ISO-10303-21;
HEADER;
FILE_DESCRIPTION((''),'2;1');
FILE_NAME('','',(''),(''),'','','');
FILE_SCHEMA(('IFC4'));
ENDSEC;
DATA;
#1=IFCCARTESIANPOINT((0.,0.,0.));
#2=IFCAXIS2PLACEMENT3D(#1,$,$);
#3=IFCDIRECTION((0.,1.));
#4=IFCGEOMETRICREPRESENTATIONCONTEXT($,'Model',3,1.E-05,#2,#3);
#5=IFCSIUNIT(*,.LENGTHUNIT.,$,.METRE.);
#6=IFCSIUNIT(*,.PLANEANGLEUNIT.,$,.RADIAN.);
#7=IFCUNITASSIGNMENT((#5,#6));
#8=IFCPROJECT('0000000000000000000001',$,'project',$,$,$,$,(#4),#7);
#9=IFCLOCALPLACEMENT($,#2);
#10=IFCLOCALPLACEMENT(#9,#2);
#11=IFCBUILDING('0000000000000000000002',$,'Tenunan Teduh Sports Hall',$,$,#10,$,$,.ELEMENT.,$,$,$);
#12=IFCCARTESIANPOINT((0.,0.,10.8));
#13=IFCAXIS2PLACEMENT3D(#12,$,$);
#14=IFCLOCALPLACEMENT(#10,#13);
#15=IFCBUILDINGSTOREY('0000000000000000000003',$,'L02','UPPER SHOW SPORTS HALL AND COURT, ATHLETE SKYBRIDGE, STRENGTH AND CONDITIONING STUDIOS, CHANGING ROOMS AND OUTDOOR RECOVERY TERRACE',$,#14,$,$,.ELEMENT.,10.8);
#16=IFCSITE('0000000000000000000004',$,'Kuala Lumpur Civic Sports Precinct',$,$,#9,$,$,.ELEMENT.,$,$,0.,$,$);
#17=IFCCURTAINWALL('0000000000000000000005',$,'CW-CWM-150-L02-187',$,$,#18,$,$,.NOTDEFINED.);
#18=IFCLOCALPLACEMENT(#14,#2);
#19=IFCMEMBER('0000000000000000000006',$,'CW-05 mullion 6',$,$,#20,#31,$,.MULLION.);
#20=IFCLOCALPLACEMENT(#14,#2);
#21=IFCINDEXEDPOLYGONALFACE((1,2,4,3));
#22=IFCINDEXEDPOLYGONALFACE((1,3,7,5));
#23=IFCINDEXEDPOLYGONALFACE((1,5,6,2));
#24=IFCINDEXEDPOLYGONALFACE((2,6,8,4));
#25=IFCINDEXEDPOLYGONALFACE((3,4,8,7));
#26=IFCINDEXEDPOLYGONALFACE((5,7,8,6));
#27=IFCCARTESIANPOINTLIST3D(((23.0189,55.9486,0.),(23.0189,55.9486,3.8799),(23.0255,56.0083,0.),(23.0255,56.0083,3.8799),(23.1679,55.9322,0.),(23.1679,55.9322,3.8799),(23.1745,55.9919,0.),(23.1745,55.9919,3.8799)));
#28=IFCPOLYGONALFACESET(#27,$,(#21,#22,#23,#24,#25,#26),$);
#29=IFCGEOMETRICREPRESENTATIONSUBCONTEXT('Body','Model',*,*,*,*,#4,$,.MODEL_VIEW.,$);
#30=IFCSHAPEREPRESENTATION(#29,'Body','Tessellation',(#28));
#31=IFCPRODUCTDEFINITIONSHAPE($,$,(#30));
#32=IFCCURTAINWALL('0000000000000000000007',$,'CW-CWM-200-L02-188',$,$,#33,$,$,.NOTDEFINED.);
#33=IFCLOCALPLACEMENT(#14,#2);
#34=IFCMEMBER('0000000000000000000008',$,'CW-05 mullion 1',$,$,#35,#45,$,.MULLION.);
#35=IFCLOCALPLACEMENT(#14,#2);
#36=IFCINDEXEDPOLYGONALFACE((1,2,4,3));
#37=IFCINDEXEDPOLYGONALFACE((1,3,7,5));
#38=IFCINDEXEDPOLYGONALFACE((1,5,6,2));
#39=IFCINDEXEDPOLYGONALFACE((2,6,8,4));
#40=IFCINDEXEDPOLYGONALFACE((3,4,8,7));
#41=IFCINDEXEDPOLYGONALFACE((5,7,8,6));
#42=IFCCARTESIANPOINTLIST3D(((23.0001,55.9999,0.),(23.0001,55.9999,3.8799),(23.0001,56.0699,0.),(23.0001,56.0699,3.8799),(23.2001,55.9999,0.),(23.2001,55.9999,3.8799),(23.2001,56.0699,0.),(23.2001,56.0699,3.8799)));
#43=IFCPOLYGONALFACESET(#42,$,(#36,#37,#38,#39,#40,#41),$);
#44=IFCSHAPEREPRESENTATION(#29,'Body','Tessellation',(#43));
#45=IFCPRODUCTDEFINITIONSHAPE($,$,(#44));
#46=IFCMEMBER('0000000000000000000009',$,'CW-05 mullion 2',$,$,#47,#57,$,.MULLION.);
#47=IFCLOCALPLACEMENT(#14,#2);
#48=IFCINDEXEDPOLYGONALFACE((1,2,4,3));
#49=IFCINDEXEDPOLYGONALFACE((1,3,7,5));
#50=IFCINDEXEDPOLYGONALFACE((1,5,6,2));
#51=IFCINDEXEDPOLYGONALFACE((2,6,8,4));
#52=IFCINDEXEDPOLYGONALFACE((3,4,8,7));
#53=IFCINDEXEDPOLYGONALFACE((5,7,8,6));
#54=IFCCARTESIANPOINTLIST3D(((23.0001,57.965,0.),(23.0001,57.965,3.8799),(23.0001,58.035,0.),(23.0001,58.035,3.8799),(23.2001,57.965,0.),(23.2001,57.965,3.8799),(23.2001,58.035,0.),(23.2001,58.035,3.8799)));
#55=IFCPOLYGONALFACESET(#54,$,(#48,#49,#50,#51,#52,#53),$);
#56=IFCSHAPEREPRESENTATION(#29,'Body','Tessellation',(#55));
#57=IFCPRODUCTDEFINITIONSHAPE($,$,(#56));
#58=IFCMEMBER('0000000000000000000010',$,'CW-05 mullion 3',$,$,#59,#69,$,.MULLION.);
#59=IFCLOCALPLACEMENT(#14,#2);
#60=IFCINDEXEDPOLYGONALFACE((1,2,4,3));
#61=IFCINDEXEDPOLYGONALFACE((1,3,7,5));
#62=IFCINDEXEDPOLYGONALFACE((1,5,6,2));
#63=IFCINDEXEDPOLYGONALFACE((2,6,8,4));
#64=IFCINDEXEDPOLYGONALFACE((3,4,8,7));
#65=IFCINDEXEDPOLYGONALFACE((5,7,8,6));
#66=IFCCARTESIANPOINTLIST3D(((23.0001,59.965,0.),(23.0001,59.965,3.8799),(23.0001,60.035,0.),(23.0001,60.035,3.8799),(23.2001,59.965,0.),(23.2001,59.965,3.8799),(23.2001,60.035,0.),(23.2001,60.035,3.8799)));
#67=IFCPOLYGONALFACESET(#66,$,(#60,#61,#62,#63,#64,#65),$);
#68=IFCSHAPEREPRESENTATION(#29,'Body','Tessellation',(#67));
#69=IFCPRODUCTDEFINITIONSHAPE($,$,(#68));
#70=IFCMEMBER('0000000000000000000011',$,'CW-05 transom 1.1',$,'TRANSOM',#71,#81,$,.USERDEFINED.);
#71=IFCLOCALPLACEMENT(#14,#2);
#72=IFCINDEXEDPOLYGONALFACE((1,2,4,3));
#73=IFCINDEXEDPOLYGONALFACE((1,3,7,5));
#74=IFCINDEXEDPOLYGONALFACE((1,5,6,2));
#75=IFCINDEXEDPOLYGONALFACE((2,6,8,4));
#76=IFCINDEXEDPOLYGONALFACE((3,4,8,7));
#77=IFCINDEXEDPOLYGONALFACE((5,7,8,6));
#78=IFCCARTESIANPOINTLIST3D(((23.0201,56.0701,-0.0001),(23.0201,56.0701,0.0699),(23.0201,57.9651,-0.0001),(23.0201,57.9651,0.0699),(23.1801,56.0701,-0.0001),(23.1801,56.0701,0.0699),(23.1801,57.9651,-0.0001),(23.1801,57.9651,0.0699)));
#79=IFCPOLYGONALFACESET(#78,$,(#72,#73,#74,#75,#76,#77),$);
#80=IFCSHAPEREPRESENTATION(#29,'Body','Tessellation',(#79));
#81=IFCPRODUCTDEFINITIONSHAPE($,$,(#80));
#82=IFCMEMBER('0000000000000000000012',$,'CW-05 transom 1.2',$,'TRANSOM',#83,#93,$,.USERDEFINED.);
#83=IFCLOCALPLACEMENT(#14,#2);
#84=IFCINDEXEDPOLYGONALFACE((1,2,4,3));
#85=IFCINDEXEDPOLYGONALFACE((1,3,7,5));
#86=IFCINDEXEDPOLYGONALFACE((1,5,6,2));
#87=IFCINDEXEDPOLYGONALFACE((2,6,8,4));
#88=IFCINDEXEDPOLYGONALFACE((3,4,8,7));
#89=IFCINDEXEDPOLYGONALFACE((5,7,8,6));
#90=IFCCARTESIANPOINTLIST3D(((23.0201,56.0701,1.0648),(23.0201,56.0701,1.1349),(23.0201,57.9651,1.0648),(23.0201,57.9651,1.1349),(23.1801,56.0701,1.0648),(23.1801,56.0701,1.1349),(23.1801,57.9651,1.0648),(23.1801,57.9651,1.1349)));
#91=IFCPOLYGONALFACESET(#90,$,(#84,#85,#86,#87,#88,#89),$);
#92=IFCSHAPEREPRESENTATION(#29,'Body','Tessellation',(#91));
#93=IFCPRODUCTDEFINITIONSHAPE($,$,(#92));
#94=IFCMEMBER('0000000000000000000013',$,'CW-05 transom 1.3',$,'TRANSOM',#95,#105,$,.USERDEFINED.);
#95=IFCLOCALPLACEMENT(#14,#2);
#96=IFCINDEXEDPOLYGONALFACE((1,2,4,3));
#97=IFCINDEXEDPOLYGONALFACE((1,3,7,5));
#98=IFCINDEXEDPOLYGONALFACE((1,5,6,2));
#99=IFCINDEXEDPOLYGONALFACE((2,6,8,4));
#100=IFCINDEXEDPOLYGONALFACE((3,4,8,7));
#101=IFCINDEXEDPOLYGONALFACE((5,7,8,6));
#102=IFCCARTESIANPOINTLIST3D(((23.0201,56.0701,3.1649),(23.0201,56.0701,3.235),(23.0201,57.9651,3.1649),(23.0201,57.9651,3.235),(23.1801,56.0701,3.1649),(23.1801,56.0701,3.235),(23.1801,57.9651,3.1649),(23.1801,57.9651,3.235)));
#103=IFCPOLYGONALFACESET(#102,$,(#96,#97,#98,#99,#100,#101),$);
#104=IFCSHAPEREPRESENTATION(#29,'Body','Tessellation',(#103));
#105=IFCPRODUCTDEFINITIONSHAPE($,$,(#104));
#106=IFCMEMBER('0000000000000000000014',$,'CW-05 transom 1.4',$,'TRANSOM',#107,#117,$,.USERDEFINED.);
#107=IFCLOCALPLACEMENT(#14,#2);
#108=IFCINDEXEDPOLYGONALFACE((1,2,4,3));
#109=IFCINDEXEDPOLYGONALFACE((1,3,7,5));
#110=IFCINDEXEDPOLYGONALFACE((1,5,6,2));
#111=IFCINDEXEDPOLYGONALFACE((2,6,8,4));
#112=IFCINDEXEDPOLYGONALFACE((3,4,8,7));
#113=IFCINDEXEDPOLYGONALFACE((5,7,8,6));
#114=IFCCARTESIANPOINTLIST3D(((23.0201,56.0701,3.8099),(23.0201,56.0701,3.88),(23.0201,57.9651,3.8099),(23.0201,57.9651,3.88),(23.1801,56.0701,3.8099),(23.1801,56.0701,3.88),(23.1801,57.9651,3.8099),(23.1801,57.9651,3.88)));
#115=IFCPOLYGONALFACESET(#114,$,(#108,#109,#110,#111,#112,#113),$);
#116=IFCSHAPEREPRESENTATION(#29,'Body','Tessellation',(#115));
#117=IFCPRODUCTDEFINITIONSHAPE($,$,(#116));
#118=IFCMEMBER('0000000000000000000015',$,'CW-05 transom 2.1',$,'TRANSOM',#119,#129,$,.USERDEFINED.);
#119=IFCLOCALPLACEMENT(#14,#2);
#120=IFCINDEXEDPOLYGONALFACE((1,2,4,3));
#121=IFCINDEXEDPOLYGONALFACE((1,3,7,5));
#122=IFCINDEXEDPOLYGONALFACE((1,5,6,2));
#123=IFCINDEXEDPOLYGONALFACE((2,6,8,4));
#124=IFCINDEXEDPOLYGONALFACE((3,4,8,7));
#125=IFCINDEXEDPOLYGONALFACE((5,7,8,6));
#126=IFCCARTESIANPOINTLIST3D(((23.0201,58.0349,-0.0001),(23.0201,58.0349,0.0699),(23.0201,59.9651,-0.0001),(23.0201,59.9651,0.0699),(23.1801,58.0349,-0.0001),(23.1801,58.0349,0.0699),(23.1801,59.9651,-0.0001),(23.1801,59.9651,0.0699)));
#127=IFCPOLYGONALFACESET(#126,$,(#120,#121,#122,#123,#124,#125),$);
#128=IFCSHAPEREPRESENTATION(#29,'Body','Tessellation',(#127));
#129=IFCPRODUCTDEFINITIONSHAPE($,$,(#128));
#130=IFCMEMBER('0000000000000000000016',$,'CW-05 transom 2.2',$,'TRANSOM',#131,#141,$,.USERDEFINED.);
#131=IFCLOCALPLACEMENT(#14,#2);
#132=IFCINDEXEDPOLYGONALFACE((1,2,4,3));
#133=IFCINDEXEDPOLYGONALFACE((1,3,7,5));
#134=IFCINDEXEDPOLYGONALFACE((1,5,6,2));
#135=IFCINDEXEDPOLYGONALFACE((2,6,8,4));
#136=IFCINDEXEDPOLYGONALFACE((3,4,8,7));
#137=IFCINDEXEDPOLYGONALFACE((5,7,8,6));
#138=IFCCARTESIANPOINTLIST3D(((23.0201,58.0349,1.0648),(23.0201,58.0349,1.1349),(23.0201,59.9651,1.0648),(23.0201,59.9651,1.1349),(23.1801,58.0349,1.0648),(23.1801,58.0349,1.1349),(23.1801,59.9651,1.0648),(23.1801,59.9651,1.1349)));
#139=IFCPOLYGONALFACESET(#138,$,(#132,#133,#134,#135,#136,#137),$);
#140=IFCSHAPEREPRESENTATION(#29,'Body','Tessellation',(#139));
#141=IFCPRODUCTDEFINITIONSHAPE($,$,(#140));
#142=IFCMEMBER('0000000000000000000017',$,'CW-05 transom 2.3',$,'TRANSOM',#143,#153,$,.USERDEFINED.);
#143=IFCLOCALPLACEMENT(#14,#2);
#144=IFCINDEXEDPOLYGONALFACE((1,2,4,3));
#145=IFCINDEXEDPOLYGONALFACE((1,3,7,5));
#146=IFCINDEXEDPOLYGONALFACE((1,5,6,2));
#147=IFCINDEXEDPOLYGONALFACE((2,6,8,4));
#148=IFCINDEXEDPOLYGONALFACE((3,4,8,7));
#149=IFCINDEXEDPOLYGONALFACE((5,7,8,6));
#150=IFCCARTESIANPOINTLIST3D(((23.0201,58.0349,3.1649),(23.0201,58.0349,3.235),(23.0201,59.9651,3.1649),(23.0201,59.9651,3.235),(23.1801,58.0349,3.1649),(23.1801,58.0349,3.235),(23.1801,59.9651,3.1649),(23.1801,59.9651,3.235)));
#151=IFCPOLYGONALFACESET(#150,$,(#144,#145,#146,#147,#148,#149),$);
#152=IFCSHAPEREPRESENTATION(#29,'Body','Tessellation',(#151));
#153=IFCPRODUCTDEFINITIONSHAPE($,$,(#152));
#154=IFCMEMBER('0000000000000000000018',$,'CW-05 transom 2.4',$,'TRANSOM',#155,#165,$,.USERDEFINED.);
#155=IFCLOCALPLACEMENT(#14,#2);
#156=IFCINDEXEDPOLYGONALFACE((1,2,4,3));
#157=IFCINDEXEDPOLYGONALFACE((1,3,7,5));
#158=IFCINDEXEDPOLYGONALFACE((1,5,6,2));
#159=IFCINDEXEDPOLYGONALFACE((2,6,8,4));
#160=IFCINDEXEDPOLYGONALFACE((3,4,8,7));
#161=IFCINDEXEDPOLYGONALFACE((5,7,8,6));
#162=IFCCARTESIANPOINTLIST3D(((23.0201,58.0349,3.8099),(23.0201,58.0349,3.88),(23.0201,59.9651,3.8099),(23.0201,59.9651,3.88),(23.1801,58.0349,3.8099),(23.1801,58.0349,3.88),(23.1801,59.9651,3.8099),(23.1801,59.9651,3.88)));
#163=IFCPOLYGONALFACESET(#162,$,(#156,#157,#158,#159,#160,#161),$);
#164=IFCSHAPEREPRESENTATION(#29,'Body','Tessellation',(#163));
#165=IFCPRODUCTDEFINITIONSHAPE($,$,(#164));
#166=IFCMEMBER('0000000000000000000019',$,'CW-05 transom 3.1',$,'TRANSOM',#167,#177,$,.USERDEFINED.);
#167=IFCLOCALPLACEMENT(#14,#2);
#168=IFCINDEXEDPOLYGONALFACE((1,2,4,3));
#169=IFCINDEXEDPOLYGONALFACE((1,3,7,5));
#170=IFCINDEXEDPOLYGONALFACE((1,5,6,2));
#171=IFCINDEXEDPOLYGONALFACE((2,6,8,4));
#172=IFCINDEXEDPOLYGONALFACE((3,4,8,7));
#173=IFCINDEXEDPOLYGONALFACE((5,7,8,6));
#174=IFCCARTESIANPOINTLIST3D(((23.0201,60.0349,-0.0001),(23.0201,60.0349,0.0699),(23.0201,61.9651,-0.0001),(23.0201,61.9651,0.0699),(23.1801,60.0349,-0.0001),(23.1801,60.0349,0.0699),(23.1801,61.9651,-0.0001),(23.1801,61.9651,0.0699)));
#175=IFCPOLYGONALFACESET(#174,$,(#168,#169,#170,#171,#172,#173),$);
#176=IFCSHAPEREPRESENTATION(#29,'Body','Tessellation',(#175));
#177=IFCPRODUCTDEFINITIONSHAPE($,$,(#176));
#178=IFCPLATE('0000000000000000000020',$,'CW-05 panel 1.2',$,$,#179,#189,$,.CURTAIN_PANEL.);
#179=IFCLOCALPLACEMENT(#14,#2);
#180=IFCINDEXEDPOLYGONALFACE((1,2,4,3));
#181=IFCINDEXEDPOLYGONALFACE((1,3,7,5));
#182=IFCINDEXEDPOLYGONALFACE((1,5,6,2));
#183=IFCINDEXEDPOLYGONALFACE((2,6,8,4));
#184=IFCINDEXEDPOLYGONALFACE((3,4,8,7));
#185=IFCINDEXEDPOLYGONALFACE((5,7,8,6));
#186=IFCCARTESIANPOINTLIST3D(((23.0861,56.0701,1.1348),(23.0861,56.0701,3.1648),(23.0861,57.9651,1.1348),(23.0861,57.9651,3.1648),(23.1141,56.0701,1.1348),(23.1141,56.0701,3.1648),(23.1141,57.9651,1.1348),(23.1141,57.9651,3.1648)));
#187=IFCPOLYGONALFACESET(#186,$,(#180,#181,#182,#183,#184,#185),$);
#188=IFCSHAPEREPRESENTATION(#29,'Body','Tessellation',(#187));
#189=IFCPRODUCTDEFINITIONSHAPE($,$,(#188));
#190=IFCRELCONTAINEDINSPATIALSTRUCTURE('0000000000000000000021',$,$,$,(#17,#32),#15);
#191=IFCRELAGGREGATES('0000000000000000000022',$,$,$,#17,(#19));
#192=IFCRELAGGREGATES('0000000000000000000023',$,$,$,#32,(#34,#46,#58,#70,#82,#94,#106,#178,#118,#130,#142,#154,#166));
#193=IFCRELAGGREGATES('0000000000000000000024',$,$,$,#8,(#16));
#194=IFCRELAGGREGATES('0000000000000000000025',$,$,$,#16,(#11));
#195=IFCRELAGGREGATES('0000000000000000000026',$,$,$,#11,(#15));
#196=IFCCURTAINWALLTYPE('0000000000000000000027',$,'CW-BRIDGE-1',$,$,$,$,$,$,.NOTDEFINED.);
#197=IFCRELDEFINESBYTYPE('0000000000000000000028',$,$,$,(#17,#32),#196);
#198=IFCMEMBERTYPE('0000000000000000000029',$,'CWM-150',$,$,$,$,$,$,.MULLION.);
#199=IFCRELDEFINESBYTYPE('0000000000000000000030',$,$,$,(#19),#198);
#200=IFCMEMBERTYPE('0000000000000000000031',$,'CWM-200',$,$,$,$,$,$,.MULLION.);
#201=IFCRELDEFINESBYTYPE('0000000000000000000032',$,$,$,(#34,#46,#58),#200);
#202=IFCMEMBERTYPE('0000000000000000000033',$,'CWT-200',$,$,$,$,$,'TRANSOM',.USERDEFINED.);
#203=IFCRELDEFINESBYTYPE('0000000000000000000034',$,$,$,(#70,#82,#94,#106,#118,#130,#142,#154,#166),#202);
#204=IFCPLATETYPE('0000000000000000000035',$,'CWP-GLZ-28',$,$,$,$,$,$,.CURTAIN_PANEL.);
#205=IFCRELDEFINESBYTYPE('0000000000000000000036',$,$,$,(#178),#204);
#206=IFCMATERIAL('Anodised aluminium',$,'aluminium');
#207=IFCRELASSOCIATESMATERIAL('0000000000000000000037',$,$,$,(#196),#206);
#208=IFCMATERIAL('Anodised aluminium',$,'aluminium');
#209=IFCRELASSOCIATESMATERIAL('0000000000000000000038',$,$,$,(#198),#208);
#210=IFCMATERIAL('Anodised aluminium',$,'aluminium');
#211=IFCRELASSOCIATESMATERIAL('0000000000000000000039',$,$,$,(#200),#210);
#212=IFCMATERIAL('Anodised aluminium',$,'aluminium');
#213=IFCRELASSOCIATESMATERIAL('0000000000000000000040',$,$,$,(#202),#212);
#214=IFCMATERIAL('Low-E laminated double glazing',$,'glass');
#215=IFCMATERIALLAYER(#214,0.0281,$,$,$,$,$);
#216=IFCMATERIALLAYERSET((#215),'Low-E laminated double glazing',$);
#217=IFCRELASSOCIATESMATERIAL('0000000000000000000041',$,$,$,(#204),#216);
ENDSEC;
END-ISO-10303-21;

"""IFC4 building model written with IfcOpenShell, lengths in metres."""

from ifc_helpers import new_model, si_unit, direction, frame, origin, origin_2d, place, context, subcontext, project, spatial, rectangle, extrude, material, layer, layer_set, material_profile, profile_set, type_object, element, aggregate, save


model = new_model("IFC4")

# Units and contexts
model_context = context("Model", 3, precision=1e-05, world=origin(), true_north=direction((0.0, 1.0)))
body_context = subcontext(model_context, "Body", "Model", "MODEL_VIEW")
ifc_project = project(units=[si_unit("LENGTHUNIT", "METRE"), si_unit("PLANEANGLEUNIT", "RADIAN")], contexts=[model_context])

# Site, building, storey
site_placement = place(None, origin())
site = spatial("IfcSite", under=ifc_project, at=site_placement, Name="Kuala Lumpur Civic Sports Precinct", CompositionType="ELEMENT", RefElevation=0.0)
building_placement = place(site_placement, origin())
building = spatial("IfcBuilding", under=site, at=building_placement, Name="Tenunan Teduh Sports Hall", CompositionType="ELEMENT")
storey_placement = place(building_placement, frame((0.0, 0.0, 10.8)))
storey = spatial("IfcBuildingStorey", under=building, at=storey_placement, Name="L02", Description="UPPER SHOW SPORTS HALL AND COURT, ATHLETE SKYBRIDGE, STRENGTH AND CONDITIONING STUDIOS, CHANGING ROOMS AND OUTDOOR RECOVERY TERRACE", CompositionType="ELEMENT", Elevation=10.8)

# Curtain wall, member
ifc_material_1 = material(Name="Anodised aluminium", Category="aluminium")
curtain_wall_type = type_object("IfcCurtainWallType", Name="CW-BRIDGE-1", PredefinedType="NOTDEFINED", material=ifc_material_1)
curtain_wall_1_placement = place(storey_placement, origin())
curtain_wall_1 = element("IfcCurtainWall", 1, at=curtain_wall_1_placement, inside=storey, type_object=curtain_wall_type, Name="CW-CWM-150-L02-187", PredefinedType="NOTDEFINED")
ifc_material_2 = material(Name="Anodised aluminium", Category="aluminium")
ifc_material_profile_1 = material_profile(ifc_material_2, rectangle(XDim=0.0601, YDim=0.1499, at=origin_2d()), Name="CWM 60x150")
ifc_profile_set_1 = profile_set([ifc_material_profile_1], Name="Anodised aluminium")
member_type_1 = type_object("IfcMemberType", Name="CWM-150", PredefinedType="MULLION", material=ifc_profile_set_1)
member_1_placement = place(storey_placement, frame((23.0967, 55.9702, 0.0), z_axis=(0.0, 0.0, 1.0), x_axis=(0.109339, 0.994005, 0.0)))
member_1 = element("IfcMember", 2, at=member_1_placement, type_object=member_type_1, Name="CW-05 mullion 6", PredefinedType="MULLION", context=body_context, shape_type="SweptSolid", body=[
    extrude(rectangle(XDim=0.0601, YDim=0.1499, at=origin_2d()), origin(), (0.0, 0.0, 1.0), 3.8799),
])

# Curtain wall, members, plate
curtain_wall_2_placement = place(storey_placement, origin())
curtain_wall_2 = element("IfcCurtainWall", 3, at=curtain_wall_2_placement, inside=storey, type_object=curtain_wall_type, Name="CW-CWM-200-L02-188", PredefinedType="NOTDEFINED")
ifc_material_3 = material(Name="Anodised aluminium", Category="aluminium")
ifc_material_profile_2 = material_profile(ifc_material_3, rectangle(XDim=0.0701, YDim=0.2, at=origin_2d()), Name="CWM 70x200")
ifc_profile_set_2 = profile_set([ifc_material_profile_2], Name="Anodised aluminium")
member_type_2 = type_object("IfcMemberType", Name="CWM-200", PredefinedType="MULLION", material=ifc_profile_set_2)
member_2_placement = place(storey_placement, frame((23.1001, 56.0349, 0.0), z_axis=(0.0, 0.0, 1.0), x_axis=(0.0, 1.0, 0.0)))
member_2 = element("IfcMember", 4, at=member_2_placement, type_object=member_type_2, Name="CW-05 mullion 1", PredefinedType="MULLION", context=body_context, shape_type="SweptSolid", body=[
    extrude(rectangle(XDim=0.0701, YDim=0.2, at=origin_2d()), origin(), (0.0, 0.0, 1.0), 3.8799),
])
member_3_placement = place(storey_placement, frame((23.1001, 58.0, 0.0), z_axis=(0.0, 0.0, 1.0), x_axis=(0.0, 1.0, 0.0)))
member_3 = element("IfcMember", 5, at=member_3_placement, type_object=member_type_2, Name="CW-05 mullion 2", PredefinedType="MULLION", context=body_context, shape_type="SweptSolid", body=[
    extrude(rectangle(XDim=0.0701, YDim=0.2, at=origin_2d()), origin(), (0.0, 0.0, 1.0), 3.8799),
])
member_4_placement = place(storey_placement, frame((23.1001, 60.0, 0.0), z_axis=(0.0, 0.0, 1.0), x_axis=(0.0, 1.0, 0.0)))
member_4 = element("IfcMember", 6, at=member_4_placement, type_object=member_type_2, Name="CW-05 mullion 3", PredefinedType="MULLION", context=body_context, shape_type="SweptSolid", body=[
    extrude(rectangle(XDim=0.0701, YDim=0.2, at=origin_2d()), origin(), (0.0, 0.0, 1.0), 3.8799),
])
ifc_material_4 = material(Name="Anodised aluminium", Category="aluminium")
ifc_material_profile_3 = material_profile(ifc_material_4, rectangle(XDim=0.0701, YDim=0.1599, at=origin_2d()), Name="CWT 70x160")
ifc_profile_set_3 = profile_set([ifc_material_profile_3], Name="Anodised aluminium")
member_type_3 = type_object("IfcMemberType", Name="CWT-200", ElementType="TRANSOM", PredefinedType="USERDEFINED", material=ifc_profile_set_3)
member_5_placement = place(storey_placement, frame((23.1001, 56.0701, 0.0349), z_axis=(0.0, 1.0, 0.0), x_axis=(0.0, 0.0, 1.0)))
member_5 = element("IfcMember", 7, at=member_5_placement, type_object=member_type_3, Name="CW-05 transom 1.1", ObjectType="TRANSOM", PredefinedType="USERDEFINED", context=body_context, shape_type="SweptSolid", body=[
    extrude(rectangle(XDim=0.0701, YDim=0.1599, at=origin_2d()), origin(), (0.0, 0.0, 1.0), 1.895),
])
member_6_placement = place(storey_placement, frame((23.1001, 56.0701, 1.0999), z_axis=(0.0, 1.0, 0.0), x_axis=(0.0, 0.0, 1.0)))
member_6 = element("IfcMember", 8, at=member_6_placement, type_object=member_type_3, Name="CW-05 transom 1.2", ObjectType="TRANSOM", PredefinedType="USERDEFINED", context=body_context, shape_type="SweptSolid", body=[
    extrude(rectangle(XDim=0.0701, YDim=0.1599, at=origin_2d()), origin(), (0.0, 0.0, 1.0), 1.895),
])
member_7_placement = place(storey_placement, frame((23.1001, 56.0701, 3.2), z_axis=(0.0, 1.0, 0.0), x_axis=(0.0, 0.0, 1.0)))
member_7 = element("IfcMember", 9, at=member_7_placement, type_object=member_type_3, Name="CW-05 transom 1.3", ObjectType="TRANSOM", PredefinedType="USERDEFINED", context=body_context, shape_type="SweptSolid", body=[
    extrude(rectangle(XDim=0.0701, YDim=0.1599, at=origin_2d()), origin(), (0.0, 0.0, 1.0), 1.895),
])
member_8_placement = place(storey_placement, frame((23.1001, 56.0701, 3.845), z_axis=(0.0, 1.0, 0.0), x_axis=(0.0, 0.0, 1.0)))
member_8 = element("IfcMember", 10, at=member_8_placement, type_object=member_type_3, Name="CW-05 transom 1.4", ObjectType="TRANSOM", PredefinedType="USERDEFINED", context=body_context, shape_type="SweptSolid", body=[
    extrude(rectangle(XDim=0.0701, YDim=0.1599, at=origin_2d()), origin(), (0.0, 0.0, 1.0), 1.895),
])
member_9_placement = place(storey_placement, frame((23.1001, 58.0349, 0.0349), z_axis=(0.0, 1.0, 0.0), x_axis=(0.0, 0.0, 1.0)))
member_9 = element("IfcMember", 11, at=member_9_placement, type_object=member_type_3, Name="CW-05 transom 2.1", ObjectType="TRANSOM", PredefinedType="USERDEFINED", context=body_context, shape_type="SweptSolid", body=[
    extrude(rectangle(XDim=0.0701, YDim=0.1599, at=origin_2d()), origin(), (0.0, 0.0, 1.0), 1.9302),
])
member_10_placement = place(storey_placement, frame((23.1001, 58.0349, 1.0999), z_axis=(0.0, 1.0, 0.0), x_axis=(0.0, 0.0, 1.0)))
member_10 = element("IfcMember", 12, at=member_10_placement, type_object=member_type_3, Name="CW-05 transom 2.2", ObjectType="TRANSOM", PredefinedType="USERDEFINED", context=body_context, shape_type="SweptSolid", body=[
    extrude(rectangle(XDim=0.0701, YDim=0.1599, at=origin_2d()), origin(), (0.0, 0.0, 1.0), 1.9302),
])
member_11_placement = place(storey_placement, frame((23.1001, 58.0349, 3.2), z_axis=(0.0, 1.0, 0.0), x_axis=(0.0, 0.0, 1.0)))
member_11 = element("IfcMember", 13, at=member_11_placement, type_object=member_type_3, Name="CW-05 transom 2.3", ObjectType="TRANSOM", PredefinedType="USERDEFINED", context=body_context, shape_type="SweptSolid", body=[
    extrude(rectangle(XDim=0.0701, YDim=0.1599, at=origin_2d()), origin(), (0.0, 0.0, 1.0), 1.9302),
])
member_12_placement = place(storey_placement, frame((23.1001, 58.0349, 3.845), z_axis=(0.0, 1.0, 0.0), x_axis=(0.0, 0.0, 1.0)))
member_12 = element("IfcMember", 14, at=member_12_placement, type_object=member_type_3, Name="CW-05 transom 2.4", ObjectType="TRANSOM", PredefinedType="USERDEFINED", context=body_context, shape_type="SweptSolid", body=[
    extrude(rectangle(XDim=0.0701, YDim=0.1599, at=origin_2d()), origin(), (0.0, 0.0, 1.0), 1.9302),
])
member_13_placement = place(storey_placement, frame((23.1001, 60.0349, 0.0349), z_axis=(0.0, 1.0, 0.0), x_axis=(0.0, 0.0, 1.0)))
member_13 = element("IfcMember", 15, at=member_13_placement, type_object=member_type_3, Name="CW-05 transom 3.1", ObjectType="TRANSOM", PredefinedType="USERDEFINED", context=body_context, shape_type="SweptSolid", body=[
    extrude(rectangle(XDim=0.0701, YDim=0.1599, at=origin_2d()), origin(), (0.0, 0.0, 1.0), 1.9302),
])
ifc_material_5 = material(Name="Low-E laminated double glazing", Category="glass")
ifc_layer_1 = layer(ifc_material_5, 0.0281)
ifc_layer_set_1 = layer_set([ifc_layer_1], Name="Low-E laminated double glazing")
plate_type_1 = type_object("IfcPlateType", Name="CWP-GLZ-28", PredefinedType="CURTAIN_PANEL", material=ifc_layer_set_1)
plate_1_placement = place(storey_placement, frame((23.1001, 57.0176, 1.1348), z_axis=(0.0, 0.0, 1.0), x_axis=(0.0, 1.0, 0.0)))
plate_1 = element("IfcPlate", 16, at=plate_1_placement, type_object=plate_type_1, Name="CW-05 panel 1.2", PredefinedType="CURTAIN_PANEL", context=body_context, shape_type="SweptSolid", body=[
    extrude(rectangle(XDim=1.895, YDim=0.0281, at=origin_2d()), origin(), (0.0, 0.0, 1.0), 2.03),
])

aggregate(curtain_wall_1, [member_1])
aggregate(curtain_wall_2, [member_2, member_3, member_4, member_5, member_6, member_7, member_8, plate_1, member_9, member_10, member_11, member_12, member_13])

save(model, "model.ifc")
